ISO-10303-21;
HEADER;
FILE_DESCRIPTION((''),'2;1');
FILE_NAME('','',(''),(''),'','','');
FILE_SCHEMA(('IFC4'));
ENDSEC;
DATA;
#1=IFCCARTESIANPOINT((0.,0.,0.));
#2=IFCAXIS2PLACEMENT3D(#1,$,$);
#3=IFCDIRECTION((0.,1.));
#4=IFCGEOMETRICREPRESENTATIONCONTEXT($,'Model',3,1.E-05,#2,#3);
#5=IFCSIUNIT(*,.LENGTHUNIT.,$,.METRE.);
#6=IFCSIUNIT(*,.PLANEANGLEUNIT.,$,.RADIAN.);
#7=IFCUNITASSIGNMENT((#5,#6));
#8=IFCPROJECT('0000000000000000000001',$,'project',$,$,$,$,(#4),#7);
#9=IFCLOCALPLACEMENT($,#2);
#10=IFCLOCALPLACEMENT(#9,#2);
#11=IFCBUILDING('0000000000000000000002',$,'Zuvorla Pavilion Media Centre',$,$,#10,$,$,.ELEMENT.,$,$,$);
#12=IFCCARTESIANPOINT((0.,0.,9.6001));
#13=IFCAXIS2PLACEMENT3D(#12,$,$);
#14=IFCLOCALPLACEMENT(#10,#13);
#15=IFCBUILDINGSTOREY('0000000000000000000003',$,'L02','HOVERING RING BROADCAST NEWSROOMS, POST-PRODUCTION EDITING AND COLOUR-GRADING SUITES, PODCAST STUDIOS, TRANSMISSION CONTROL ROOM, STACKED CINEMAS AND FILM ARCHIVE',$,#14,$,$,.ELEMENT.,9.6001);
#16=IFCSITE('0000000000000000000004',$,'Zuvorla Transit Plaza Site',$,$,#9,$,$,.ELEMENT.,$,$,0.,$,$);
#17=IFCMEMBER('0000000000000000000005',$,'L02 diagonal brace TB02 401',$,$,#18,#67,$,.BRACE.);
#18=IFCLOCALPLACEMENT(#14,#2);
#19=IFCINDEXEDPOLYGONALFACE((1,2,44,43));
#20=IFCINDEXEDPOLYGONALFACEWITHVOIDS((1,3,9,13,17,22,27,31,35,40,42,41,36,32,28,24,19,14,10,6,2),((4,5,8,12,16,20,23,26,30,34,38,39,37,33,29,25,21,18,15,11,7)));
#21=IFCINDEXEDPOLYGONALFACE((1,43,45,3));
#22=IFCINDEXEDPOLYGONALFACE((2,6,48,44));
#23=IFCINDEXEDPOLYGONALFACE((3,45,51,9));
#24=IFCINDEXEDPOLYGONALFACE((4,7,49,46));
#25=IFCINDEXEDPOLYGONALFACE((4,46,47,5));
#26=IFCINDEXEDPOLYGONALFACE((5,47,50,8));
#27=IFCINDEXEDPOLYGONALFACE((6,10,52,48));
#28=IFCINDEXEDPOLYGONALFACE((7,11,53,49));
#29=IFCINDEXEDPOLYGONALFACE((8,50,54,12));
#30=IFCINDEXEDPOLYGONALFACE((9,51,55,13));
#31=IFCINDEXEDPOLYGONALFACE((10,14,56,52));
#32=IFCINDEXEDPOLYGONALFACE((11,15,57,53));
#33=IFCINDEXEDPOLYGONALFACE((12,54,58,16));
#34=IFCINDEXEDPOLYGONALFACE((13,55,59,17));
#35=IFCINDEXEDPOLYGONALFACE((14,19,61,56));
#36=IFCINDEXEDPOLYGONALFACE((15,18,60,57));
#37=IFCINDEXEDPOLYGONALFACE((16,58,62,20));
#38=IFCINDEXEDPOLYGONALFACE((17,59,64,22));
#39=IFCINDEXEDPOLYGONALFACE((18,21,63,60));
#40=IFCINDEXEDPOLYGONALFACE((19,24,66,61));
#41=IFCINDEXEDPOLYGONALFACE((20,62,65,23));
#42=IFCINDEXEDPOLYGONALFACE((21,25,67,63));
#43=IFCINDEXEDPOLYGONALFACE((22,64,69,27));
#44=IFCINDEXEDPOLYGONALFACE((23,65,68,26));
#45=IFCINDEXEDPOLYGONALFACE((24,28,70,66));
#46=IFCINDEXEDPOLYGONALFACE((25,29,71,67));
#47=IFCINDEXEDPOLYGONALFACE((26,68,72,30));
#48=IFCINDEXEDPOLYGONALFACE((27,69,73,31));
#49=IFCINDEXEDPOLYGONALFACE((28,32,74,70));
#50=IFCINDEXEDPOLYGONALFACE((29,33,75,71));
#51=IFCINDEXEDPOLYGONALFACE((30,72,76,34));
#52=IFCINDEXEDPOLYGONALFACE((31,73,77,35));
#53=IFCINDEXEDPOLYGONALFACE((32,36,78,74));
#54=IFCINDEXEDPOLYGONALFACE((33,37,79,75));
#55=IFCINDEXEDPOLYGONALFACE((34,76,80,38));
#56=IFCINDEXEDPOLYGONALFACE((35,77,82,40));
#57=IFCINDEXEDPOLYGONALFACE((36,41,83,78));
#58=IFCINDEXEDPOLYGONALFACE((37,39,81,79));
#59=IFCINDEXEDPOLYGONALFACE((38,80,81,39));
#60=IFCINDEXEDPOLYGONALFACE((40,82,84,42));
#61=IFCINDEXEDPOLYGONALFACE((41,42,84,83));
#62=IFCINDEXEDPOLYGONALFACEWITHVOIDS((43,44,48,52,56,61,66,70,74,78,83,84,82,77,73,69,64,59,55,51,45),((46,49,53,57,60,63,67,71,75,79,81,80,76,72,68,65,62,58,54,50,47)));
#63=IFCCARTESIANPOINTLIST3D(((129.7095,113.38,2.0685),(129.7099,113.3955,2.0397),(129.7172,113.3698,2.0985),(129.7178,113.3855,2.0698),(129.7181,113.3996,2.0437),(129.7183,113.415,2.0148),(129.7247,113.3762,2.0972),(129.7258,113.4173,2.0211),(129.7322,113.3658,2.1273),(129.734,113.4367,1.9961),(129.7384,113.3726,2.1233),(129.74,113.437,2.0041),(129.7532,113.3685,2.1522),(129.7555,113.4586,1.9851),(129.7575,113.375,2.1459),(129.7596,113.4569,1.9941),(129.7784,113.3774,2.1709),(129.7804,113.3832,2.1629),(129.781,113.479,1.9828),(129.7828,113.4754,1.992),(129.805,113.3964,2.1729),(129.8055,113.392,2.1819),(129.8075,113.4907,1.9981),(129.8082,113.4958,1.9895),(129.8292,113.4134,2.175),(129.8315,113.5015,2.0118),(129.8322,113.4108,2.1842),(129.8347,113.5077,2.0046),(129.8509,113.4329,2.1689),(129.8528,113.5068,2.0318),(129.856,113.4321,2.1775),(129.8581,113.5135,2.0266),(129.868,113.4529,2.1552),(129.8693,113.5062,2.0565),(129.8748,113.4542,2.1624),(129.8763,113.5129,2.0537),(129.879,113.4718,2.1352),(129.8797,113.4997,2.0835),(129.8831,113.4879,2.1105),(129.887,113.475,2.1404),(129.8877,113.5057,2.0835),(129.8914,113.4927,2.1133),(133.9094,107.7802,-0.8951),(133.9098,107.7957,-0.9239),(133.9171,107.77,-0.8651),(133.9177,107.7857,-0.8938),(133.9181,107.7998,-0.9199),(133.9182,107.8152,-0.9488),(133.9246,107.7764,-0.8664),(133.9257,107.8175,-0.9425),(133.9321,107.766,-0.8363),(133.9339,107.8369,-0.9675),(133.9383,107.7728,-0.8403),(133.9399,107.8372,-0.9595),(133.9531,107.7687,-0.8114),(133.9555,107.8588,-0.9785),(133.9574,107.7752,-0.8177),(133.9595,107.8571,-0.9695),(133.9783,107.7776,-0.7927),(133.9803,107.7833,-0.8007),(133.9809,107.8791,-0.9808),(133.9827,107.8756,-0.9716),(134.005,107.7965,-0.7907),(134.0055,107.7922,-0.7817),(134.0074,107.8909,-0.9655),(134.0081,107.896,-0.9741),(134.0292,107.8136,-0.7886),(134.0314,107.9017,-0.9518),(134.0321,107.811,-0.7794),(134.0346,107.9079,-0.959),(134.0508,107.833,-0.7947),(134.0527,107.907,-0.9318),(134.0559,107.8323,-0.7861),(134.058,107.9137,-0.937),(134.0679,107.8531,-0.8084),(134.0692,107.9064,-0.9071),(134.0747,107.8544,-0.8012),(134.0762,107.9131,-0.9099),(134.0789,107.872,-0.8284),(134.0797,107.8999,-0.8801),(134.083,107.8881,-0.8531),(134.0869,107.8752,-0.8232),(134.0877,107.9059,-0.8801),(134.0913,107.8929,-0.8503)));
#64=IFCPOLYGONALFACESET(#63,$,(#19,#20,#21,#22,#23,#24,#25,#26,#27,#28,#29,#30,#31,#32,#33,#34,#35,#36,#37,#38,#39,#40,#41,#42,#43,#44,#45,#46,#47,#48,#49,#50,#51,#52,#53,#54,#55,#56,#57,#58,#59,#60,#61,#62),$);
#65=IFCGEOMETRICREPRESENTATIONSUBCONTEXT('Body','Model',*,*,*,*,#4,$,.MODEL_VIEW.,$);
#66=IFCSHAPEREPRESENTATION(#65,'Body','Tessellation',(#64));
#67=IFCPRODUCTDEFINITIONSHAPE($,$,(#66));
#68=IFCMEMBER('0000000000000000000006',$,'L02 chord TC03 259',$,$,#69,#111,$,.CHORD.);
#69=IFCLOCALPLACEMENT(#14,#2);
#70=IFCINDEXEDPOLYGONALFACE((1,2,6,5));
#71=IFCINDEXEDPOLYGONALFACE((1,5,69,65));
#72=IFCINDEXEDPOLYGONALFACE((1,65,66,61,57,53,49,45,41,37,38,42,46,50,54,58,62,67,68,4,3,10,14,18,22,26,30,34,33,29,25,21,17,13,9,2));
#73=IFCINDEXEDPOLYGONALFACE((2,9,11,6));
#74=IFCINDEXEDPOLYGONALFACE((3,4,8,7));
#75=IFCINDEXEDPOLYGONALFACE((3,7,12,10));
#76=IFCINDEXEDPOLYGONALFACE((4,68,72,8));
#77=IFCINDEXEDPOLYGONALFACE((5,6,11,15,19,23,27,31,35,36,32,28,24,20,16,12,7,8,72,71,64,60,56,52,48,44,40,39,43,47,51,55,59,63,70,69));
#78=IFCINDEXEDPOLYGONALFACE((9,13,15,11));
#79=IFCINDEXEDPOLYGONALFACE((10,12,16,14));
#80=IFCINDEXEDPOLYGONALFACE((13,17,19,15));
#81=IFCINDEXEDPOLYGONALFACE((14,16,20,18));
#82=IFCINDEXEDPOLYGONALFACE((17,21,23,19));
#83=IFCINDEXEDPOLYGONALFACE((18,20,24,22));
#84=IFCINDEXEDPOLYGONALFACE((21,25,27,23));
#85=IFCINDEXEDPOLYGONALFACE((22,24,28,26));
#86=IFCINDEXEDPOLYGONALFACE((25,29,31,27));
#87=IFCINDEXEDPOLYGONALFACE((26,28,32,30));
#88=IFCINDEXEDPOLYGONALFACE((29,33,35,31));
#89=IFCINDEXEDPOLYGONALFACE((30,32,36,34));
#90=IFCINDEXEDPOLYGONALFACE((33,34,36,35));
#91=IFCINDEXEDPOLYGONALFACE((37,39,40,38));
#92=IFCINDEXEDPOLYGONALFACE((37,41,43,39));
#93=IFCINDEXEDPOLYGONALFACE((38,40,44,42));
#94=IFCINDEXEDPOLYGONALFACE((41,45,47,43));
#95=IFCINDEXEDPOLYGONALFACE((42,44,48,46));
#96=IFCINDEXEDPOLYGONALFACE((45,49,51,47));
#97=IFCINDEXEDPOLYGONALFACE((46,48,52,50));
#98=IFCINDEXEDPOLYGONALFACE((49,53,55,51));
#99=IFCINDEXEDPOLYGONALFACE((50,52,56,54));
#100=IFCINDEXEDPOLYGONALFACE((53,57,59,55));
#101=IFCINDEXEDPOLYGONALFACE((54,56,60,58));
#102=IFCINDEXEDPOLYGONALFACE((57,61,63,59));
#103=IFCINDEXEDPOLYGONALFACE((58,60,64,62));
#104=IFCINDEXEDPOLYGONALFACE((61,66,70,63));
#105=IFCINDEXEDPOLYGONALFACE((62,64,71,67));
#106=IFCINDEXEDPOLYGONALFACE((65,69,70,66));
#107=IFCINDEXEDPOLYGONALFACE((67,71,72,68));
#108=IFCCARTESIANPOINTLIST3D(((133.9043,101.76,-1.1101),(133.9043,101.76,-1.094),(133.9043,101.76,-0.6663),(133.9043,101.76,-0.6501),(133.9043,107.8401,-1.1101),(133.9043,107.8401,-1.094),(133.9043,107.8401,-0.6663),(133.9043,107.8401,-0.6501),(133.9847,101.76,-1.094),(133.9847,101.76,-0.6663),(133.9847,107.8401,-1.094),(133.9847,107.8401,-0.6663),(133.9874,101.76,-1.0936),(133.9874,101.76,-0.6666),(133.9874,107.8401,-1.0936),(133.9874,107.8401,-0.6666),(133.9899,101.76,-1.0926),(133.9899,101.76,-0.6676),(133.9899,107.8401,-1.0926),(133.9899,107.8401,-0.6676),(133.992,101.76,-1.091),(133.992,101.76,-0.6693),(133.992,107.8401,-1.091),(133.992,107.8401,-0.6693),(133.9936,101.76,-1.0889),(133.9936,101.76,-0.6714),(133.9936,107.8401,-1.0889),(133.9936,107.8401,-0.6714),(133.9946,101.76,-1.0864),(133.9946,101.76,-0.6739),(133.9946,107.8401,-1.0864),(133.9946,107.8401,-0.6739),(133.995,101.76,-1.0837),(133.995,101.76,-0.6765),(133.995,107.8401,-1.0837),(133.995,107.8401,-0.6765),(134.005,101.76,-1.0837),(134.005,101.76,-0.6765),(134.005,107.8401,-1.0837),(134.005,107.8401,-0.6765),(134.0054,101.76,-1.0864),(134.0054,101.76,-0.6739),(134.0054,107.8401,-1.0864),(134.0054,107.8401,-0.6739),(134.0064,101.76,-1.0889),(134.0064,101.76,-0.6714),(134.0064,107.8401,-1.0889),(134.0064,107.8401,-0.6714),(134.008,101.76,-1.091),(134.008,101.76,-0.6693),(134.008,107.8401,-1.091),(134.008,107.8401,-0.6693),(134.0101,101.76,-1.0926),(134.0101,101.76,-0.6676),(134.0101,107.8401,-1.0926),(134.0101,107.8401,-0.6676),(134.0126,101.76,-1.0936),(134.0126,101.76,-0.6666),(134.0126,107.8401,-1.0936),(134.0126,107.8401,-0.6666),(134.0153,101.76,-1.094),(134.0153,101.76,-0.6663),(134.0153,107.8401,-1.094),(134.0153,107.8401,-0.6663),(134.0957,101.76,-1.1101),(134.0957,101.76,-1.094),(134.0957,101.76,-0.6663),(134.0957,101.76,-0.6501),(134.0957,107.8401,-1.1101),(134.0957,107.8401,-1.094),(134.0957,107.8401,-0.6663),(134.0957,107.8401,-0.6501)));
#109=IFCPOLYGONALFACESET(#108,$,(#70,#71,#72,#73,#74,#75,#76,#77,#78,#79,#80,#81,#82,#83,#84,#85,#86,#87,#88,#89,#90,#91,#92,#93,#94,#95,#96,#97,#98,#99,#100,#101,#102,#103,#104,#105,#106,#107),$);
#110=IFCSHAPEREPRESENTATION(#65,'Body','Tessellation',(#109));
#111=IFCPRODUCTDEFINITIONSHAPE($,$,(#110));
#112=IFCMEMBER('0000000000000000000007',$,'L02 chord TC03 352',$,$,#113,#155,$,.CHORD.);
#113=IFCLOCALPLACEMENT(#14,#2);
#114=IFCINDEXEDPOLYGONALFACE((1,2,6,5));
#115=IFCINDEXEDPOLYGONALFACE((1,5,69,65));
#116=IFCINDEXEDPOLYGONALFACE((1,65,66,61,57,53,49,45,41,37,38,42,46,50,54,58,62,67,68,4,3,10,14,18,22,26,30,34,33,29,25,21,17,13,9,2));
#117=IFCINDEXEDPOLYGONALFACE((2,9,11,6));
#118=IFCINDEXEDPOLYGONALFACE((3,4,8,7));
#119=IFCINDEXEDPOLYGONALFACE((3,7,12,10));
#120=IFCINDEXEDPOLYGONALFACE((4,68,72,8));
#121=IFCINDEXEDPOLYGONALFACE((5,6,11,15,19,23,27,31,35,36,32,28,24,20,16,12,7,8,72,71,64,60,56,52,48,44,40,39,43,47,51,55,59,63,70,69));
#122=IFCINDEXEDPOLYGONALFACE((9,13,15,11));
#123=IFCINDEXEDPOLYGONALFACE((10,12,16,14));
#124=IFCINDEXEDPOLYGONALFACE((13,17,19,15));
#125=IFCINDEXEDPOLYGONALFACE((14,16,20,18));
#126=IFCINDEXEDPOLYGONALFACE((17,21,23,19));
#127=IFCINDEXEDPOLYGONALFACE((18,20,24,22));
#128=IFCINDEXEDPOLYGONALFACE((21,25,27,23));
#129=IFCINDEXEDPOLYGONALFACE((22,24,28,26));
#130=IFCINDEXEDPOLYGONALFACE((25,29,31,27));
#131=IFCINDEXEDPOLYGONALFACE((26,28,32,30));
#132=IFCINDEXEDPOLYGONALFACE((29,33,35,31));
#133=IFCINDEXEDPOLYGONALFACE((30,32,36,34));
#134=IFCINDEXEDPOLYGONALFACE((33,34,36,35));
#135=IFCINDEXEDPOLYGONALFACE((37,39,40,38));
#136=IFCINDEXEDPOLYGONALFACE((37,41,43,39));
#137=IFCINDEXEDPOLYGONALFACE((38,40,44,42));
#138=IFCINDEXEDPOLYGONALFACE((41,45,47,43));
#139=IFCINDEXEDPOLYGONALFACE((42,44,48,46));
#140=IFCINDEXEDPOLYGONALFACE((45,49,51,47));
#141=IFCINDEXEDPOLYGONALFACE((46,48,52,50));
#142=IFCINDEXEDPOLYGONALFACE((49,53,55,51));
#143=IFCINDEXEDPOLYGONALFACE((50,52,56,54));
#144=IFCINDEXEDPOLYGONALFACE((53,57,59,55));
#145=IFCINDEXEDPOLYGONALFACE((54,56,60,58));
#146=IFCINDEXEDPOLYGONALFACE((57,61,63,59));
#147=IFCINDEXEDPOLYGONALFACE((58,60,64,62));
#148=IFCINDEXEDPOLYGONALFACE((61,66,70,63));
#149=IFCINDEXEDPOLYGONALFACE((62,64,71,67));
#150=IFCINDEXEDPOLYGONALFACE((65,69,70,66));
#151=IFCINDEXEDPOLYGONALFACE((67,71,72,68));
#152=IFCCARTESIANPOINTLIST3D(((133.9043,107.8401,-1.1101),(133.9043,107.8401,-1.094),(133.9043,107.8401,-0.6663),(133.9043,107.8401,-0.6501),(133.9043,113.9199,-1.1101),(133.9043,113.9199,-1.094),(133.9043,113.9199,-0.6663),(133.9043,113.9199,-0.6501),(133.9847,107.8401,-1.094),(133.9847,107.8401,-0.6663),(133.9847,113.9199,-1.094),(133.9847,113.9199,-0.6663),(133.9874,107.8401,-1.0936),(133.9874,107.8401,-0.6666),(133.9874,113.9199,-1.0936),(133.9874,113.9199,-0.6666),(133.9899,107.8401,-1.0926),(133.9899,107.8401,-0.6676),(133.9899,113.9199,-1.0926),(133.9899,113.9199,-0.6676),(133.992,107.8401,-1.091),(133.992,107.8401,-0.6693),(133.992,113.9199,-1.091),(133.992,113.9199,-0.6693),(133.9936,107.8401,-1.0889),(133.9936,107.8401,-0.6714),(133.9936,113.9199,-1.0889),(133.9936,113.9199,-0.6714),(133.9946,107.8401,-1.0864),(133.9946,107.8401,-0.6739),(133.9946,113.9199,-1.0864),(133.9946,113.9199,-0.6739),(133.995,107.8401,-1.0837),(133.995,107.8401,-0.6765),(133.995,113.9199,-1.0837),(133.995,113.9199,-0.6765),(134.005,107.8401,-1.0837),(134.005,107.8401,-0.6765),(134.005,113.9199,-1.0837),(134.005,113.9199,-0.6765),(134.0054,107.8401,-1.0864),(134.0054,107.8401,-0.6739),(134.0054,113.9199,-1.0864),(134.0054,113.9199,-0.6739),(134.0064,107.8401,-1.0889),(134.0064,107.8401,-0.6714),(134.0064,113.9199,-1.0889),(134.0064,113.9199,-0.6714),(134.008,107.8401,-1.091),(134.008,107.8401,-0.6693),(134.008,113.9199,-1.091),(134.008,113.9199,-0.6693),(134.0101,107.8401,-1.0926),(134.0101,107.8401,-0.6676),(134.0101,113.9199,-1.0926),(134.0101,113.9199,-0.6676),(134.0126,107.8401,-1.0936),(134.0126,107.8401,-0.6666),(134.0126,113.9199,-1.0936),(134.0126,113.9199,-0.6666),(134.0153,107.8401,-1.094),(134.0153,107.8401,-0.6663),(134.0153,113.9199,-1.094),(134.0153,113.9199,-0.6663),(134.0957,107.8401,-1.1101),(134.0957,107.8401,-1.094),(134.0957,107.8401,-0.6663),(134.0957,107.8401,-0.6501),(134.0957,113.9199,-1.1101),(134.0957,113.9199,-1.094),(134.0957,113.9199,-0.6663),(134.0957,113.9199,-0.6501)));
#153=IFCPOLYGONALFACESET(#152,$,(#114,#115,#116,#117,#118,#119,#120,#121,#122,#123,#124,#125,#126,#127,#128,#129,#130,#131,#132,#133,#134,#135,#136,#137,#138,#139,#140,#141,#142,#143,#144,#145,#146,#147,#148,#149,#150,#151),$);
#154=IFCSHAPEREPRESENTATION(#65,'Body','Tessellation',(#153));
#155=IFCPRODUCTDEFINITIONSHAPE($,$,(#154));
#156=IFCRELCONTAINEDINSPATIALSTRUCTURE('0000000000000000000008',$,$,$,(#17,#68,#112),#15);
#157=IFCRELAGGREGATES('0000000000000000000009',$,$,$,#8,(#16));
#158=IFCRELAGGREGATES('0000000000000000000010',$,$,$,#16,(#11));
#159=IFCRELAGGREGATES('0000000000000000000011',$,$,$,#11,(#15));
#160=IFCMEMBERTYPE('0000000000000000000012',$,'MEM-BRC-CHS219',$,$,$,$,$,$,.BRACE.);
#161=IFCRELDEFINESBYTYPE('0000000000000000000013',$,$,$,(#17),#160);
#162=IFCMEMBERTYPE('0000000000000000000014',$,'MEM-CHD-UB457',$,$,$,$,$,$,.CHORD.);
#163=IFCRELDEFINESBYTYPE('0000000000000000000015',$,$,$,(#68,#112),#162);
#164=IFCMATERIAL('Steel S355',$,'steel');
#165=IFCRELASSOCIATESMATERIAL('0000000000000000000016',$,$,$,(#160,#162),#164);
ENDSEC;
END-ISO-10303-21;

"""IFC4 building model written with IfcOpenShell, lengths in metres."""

from ifc_helpers import new_model, si_unit, direction, frame, origin, origin_2d, place, context, subcontext, project, spatial, hollow_circle, i_section, extrude, material, material_profile, profile_set, type_object, element, save


model = new_model("IFC4")

# Units and contexts
model_context = context("Model", 3, precision=1e-05, world=origin(), true_north=direction((0.0, 1.0)))
body_context = subcontext(model_context, "Body", "Model", "MODEL_VIEW")
ifc_project = project(units=[si_unit("LENGTHUNIT", "METRE"), si_unit("PLANEANGLEUNIT", "RADIAN")], contexts=[model_context])

# Site, building, storey
site_placement = place(None, origin())
site = spatial("IfcSite", under=ifc_project, at=site_placement, Name="Zuvorla Transit Plaza Site", CompositionType="ELEMENT", RefElevation=0.0)
building_placement = place(site_placement, origin())
building = spatial("IfcBuilding", under=site, at=building_placement, Name="Zuvorla Pavilion Media Centre", CompositionType="ELEMENT")
storey_placement = place(building_placement, frame((0.0, 0.0, 9.6001)))
storey = spatial("IfcBuildingStorey", under=building, at=storey_placement, Name="L02", Description="HOVERING RING BROADCAST NEWSROOMS, POST-PRODUCTION EDITING AND COLOUR-GRADING SUITES, PODCAST STUDIOS, TRANSMISSION CONTROL ROOM, STACKED CINEMAS AND FILM ARCHIVE", CompositionType="ELEMENT", Elevation=9.6001)

# Members
ifc_material_1 = material(Name="Steel S355", Category="steel")
ifc_material_profile_1 = material_profile(ifc_material_1, hollow_circle(Radius=0.1096, WallThickness=0.01, at=origin_2d()), Name="CHS 219.1x10")
ifc_profile_set_1 = profile_set([ifc_material_profile_1], Name="Steel S355")
member_type_1 = type_object("IfcMemberType", Name="MEM-BRC-CHS219", PredefinedType="BRACE", material=ifc_profile_set_1)
member_1_placement = place(storey_placement, frame((129.8, 113.4399, 2.0835), z_axis=(0.552525, -0.736689, -0.389879), x_axis=(0.799996, 0.600006, 0.0)))
element("IfcMember", 1, at=member_1_placement, inside=storey, type_object=member_type_1, Name="L02 diagonal brace TB02 401", PredefinedType="BRACE", context=body_context, shape_type="SweptSolid", body=[
    extrude(hollow_circle(Radius=0.1096, WallThickness=0.01, at=origin_2d()), origin(), (0.0, 0.0, 1.0), 7.6013),
])
ifc_material_profile_2 = material_profile(ifc_material_1, i_section(OverallWidth=0.1914, OverallDepth=0.46, WebThickness=0.01, FlangeThickness=0.0161, FilletRadius=0.0103, at=origin_2d()), Name="UB 457x191x82")
ifc_profile_set_2 = profile_set([ifc_material_profile_2], Name="Steel S355")
member_type_2 = type_object("IfcMemberType", Name="MEM-CHD-UB457", PredefinedType="CHORD", material=ifc_profile_set_2)
member_2_placement = place(storey_placement, frame((134.0, 101.76, -0.8801), z_axis=(0.0, 1.0, 0.0), x_axis=(-1.0, 0.0, 0.0)))
element("IfcMember", 2, at=member_2_placement, inside=storey, type_object=member_type_2, Name="L02 chord TC03 259", PredefinedType="CHORD", context=body_context, shape_type="SweptSolid", body=[
    extrude(i_section(OverallWidth=0.1914, OverallDepth=0.46, WebThickness=0.01, FlangeThickness=0.0161, FilletRadius=0.0103, at=origin_2d()), origin(), (0.0, 0.0, 1.0), 6.0801),
])
member_3_placement = place(storey_placement, frame((134.0, 107.8401, -0.8801), z_axis=(0.0, 1.0, 0.0), x_axis=(-1.0, 0.0, 0.0)))
element("IfcMember", 3, at=member_3_placement, inside=storey, type_object=member_type_2, Name="L02 chord TC03 352", PredefinedType="CHORD", context=body_context, shape_type="SweptSolid", body=[
    extrude(i_section(OverallWidth=0.1914, OverallDepth=0.46, WebThickness=0.01, FlangeThickness=0.0161, FilletRadius=0.0103, at=origin_2d()), origin(), (0.0, 0.0, 1.0), 6.0798),
])

save(model, "model.ifc")
